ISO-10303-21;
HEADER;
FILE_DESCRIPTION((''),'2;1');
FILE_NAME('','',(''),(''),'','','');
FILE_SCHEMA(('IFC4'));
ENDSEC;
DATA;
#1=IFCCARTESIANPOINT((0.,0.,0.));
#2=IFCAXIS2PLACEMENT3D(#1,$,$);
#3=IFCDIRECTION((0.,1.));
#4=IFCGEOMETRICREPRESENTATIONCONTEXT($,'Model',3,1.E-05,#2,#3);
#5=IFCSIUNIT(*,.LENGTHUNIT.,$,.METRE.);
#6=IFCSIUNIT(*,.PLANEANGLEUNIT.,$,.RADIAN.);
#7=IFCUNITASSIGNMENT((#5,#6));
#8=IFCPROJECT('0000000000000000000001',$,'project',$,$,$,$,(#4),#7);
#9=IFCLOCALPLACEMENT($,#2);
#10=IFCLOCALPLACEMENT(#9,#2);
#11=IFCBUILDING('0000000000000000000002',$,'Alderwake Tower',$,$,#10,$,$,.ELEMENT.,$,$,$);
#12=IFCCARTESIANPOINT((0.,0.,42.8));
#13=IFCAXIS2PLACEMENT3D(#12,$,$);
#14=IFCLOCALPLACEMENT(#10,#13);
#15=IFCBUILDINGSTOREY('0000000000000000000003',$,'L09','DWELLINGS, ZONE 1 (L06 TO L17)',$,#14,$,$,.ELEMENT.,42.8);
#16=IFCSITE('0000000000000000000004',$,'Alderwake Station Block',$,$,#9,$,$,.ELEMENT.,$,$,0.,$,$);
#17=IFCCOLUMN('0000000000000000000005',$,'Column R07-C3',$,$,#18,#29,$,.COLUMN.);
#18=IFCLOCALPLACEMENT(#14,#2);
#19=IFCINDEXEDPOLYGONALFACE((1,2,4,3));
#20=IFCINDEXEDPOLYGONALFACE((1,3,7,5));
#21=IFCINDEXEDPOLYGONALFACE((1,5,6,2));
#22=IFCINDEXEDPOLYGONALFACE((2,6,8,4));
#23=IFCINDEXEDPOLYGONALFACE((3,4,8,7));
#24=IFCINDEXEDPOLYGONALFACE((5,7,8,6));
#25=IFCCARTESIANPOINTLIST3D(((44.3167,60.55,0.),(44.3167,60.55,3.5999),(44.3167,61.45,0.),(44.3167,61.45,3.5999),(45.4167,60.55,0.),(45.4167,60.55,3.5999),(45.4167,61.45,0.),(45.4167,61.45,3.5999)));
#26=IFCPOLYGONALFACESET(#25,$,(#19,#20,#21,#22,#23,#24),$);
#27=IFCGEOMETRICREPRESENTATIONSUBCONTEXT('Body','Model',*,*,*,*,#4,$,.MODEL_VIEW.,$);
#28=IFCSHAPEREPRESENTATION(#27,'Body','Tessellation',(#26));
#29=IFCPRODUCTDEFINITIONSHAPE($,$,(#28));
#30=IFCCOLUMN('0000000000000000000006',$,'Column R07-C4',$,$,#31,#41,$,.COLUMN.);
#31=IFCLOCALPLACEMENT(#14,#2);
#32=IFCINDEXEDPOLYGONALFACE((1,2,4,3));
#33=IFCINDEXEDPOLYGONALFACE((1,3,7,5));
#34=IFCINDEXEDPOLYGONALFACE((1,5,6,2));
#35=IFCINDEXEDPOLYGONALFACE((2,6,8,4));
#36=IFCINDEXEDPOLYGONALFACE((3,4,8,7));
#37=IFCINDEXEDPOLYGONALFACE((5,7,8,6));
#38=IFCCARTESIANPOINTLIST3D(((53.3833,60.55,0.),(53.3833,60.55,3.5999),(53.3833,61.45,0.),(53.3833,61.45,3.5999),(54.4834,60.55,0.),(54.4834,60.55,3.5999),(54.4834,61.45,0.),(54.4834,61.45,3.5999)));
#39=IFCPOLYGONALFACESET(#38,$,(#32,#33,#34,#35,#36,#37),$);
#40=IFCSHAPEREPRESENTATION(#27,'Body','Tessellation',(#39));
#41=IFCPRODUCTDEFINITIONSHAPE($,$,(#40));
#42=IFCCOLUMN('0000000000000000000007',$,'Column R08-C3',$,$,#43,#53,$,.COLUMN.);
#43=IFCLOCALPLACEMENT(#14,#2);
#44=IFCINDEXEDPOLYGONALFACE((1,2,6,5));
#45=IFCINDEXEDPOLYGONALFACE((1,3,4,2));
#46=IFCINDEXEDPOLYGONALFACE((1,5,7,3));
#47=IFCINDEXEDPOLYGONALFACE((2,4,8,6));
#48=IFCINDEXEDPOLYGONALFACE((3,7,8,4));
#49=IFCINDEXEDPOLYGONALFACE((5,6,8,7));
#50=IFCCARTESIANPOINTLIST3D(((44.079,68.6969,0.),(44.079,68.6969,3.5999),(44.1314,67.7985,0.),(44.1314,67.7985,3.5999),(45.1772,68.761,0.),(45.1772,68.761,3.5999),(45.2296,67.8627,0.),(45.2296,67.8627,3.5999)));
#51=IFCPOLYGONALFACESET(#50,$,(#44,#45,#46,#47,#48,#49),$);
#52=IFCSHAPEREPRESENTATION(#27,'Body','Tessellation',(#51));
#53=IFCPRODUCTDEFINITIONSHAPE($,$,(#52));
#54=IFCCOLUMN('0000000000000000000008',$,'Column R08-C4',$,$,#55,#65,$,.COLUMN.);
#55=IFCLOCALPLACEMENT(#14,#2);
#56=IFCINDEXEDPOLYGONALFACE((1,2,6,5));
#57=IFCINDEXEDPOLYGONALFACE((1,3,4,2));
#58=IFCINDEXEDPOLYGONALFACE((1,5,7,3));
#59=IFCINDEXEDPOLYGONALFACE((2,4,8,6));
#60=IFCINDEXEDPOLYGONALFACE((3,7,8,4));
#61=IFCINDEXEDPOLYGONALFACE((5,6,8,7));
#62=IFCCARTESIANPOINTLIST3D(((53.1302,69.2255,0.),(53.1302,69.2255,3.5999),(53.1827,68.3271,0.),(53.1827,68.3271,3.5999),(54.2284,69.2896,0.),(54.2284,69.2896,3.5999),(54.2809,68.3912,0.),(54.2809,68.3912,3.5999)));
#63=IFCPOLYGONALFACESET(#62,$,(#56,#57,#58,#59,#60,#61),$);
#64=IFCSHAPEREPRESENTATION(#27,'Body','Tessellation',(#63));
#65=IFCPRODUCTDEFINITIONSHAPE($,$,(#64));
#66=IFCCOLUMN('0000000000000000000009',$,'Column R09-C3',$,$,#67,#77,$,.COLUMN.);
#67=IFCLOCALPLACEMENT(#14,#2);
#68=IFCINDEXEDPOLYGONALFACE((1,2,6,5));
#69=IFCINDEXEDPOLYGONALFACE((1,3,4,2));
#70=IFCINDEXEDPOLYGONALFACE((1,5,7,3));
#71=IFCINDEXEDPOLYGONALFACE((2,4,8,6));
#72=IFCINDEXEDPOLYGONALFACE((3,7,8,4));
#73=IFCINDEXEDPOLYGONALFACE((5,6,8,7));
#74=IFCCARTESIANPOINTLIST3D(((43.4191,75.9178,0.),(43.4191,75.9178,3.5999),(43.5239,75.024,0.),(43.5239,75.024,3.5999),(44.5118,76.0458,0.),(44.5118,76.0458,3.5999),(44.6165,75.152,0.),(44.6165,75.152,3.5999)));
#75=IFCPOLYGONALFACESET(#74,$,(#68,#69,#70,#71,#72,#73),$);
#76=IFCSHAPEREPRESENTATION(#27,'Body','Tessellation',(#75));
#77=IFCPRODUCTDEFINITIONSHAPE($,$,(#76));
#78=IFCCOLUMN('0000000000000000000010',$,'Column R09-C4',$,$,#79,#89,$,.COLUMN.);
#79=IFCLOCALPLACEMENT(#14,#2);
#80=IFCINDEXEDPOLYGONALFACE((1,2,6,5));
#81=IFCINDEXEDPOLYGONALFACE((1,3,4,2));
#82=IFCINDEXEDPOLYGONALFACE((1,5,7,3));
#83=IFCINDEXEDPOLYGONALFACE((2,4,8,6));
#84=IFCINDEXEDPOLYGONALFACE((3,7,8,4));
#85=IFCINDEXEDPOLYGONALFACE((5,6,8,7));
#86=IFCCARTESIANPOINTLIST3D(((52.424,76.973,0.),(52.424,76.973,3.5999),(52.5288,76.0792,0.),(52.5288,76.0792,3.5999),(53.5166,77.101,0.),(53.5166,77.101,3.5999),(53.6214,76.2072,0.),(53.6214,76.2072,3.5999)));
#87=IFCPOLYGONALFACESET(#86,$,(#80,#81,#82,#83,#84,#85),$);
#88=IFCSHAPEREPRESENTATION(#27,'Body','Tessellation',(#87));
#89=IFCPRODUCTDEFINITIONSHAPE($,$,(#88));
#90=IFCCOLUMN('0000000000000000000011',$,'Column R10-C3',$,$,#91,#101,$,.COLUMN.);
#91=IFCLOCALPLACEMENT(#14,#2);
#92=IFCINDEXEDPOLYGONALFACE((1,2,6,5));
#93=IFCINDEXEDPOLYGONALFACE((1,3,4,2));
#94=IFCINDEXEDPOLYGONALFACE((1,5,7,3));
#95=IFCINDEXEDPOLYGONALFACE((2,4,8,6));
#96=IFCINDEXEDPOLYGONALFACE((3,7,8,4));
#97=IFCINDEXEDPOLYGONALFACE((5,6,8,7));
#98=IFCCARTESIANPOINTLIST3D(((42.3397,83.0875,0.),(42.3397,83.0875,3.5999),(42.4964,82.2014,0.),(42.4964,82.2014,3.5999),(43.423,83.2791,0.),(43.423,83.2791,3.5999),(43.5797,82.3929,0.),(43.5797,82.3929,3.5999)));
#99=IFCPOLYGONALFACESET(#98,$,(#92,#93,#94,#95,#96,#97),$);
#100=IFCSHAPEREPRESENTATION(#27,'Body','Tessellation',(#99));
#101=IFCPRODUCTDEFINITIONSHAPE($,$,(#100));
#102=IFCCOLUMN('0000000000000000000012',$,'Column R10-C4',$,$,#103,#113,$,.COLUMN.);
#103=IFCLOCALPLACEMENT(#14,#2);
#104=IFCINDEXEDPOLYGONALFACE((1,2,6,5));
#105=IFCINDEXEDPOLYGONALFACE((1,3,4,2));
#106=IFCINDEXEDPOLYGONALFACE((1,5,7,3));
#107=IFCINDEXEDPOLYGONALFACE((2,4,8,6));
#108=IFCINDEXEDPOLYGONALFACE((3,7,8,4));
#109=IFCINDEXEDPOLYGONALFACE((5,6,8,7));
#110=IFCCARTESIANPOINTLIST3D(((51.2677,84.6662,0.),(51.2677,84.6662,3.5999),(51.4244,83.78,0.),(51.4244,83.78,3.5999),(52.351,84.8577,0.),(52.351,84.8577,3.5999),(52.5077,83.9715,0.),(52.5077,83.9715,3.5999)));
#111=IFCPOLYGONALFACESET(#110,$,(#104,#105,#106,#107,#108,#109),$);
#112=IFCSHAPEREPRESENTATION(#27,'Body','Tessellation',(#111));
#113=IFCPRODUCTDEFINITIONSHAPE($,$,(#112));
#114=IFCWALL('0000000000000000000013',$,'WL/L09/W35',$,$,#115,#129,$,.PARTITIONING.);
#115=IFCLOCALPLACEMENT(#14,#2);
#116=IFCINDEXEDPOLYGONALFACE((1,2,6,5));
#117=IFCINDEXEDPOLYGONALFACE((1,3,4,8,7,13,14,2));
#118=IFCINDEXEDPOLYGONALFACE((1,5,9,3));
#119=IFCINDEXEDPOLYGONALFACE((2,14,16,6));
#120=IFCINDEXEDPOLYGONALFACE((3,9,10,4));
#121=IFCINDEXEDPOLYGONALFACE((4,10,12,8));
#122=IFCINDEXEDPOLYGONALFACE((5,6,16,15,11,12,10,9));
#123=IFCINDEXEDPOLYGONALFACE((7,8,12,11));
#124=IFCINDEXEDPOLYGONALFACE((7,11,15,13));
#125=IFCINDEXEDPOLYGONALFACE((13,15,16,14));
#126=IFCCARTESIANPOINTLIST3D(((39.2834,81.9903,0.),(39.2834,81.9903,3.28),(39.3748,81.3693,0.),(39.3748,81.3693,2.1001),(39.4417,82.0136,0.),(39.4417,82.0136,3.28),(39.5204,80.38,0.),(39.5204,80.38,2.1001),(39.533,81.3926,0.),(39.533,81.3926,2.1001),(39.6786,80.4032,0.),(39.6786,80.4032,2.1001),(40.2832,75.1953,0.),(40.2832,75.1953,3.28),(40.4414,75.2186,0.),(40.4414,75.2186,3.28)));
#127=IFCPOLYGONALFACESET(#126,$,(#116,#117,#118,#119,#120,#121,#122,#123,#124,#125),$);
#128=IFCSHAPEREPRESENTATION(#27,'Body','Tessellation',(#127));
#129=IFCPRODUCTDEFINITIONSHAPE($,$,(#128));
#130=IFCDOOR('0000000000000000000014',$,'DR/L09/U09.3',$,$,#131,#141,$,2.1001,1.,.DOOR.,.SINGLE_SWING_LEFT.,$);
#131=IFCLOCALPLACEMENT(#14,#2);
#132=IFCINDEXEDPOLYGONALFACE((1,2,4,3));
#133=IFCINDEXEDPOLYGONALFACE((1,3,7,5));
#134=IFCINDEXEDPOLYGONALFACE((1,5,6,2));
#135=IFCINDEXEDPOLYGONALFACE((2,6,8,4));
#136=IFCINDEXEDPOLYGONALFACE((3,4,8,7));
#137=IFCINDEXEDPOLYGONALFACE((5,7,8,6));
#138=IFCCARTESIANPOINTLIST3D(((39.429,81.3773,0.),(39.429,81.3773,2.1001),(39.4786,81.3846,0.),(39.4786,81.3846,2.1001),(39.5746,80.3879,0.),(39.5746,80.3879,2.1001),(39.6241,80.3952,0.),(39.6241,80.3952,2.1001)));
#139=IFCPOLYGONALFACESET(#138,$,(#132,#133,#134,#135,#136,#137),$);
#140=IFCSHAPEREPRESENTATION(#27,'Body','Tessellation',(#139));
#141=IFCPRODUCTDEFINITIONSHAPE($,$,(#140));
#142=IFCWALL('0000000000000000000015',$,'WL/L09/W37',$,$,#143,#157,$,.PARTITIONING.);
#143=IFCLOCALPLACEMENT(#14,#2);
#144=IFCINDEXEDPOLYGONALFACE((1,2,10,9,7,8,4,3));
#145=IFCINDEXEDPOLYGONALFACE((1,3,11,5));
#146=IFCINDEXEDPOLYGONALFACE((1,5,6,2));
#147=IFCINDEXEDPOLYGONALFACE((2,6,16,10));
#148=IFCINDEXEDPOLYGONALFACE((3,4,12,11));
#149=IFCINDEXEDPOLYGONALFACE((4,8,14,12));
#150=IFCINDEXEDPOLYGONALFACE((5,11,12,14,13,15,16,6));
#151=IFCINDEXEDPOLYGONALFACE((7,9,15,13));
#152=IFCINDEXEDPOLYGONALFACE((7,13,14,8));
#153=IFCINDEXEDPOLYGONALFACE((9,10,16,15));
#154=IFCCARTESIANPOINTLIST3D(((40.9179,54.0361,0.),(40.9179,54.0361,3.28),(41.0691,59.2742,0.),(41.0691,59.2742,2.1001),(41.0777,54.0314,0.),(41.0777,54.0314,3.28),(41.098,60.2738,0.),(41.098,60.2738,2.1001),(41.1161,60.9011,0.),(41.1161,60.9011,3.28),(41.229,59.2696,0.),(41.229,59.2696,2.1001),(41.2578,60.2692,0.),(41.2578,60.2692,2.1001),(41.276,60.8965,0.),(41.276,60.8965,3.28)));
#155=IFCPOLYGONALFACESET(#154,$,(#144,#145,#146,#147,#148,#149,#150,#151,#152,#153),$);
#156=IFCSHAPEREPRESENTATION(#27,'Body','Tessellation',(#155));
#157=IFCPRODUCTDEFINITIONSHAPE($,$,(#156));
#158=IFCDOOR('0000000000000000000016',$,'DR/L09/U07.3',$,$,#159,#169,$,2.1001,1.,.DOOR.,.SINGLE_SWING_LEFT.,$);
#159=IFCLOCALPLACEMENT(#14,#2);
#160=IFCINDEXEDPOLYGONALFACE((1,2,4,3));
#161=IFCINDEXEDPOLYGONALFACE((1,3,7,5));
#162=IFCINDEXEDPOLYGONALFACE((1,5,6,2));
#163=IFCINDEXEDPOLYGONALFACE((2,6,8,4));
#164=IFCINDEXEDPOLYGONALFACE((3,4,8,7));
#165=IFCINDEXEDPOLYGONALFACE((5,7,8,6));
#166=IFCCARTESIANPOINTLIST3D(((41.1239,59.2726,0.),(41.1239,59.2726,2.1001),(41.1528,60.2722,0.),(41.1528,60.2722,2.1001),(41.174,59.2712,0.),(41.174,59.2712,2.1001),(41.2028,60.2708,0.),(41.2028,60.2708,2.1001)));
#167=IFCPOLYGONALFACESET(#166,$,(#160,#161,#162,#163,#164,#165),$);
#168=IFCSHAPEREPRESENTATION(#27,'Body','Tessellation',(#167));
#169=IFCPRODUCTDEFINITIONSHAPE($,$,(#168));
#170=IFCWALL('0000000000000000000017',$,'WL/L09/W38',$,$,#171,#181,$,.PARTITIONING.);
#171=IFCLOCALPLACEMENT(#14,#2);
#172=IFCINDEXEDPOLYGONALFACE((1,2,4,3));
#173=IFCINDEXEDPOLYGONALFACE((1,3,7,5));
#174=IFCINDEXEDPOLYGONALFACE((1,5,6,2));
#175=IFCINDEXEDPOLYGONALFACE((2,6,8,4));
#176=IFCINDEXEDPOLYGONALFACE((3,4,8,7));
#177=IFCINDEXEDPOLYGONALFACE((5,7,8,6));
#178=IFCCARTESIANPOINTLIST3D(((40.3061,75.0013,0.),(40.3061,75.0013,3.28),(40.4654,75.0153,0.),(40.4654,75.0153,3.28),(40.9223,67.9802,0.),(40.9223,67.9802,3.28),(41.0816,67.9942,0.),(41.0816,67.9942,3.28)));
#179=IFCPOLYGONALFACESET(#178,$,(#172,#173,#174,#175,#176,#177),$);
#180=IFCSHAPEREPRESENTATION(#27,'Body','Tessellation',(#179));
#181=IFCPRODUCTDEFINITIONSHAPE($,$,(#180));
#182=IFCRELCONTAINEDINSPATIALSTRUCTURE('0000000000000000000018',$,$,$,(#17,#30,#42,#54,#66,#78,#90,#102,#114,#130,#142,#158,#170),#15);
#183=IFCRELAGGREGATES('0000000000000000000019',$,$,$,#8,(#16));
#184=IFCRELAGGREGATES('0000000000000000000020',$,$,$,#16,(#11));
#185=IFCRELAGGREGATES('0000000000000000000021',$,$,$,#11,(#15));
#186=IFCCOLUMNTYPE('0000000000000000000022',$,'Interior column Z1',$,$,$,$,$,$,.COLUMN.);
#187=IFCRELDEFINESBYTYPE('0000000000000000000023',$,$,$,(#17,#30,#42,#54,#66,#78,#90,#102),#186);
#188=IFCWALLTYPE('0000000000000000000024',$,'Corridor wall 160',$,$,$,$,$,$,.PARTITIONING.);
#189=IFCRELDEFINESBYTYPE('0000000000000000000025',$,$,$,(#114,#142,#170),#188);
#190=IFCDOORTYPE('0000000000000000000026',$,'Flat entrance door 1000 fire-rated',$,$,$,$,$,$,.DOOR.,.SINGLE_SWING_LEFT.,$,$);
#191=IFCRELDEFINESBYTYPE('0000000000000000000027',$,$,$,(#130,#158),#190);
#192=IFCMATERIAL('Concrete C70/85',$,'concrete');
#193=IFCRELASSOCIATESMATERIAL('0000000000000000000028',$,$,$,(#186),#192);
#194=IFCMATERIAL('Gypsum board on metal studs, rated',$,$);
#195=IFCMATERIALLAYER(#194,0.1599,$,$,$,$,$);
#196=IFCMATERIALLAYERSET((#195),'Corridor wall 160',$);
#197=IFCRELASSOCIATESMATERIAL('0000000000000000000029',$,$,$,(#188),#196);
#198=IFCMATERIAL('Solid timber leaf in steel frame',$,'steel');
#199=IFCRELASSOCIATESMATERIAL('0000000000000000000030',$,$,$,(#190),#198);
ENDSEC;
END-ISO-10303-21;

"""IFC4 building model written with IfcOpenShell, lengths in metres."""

from ifc_helpers import new_model, si_unit, direction, frame, frame_2d, origin, origin_2d, place, context, subcontext, project, spatial, rectangle, extrude, material, layer, layer_set, material_profile, profile_set, type_object, element, fill, save


model = new_model("IFC4")

# Units and contexts
model_context = context("Model", 3, precision=1e-05, world=origin(), true_north=direction((0.0, 1.0)))
body_context = subcontext(model_context, "Body", "Model", "MODEL_VIEW")
ifc_project = project(units=[si_unit("LENGTHUNIT", "METRE"), si_unit("PLANEANGLEUNIT", "RADIAN")], contexts=[model_context])

# Site, building, storey
site_placement = place(None, origin())
site = spatial("IfcSite", under=ifc_project, at=site_placement, Name="Alderwake Station Block", CompositionType="ELEMENT", RefElevation=0.0)
building_placement = place(site_placement, origin())
building = spatial("IfcBuilding", under=site, at=building_placement, Name="Alderwake Tower", CompositionType="ELEMENT")
storey_placement = place(building_placement, frame((0.0, 0.0, 42.8)))
storey = spatial("IfcBuildingStorey", under=building, at=storey_placement, Name="L09", Description="DWELLINGS, ZONE 1 (L06 TO L17)", CompositionType="ELEMENT", Elevation=42.8)

# Columns
ifc_material_1 = material(Name="Concrete C70/85", Category="concrete")
ifc_material_profile = material_profile(ifc_material_1, rectangle(XDim=0.8999, YDim=1.1001, at=origin_2d()), Name="RC 1100X900")
ifc_profile_set = profile_set([ifc_material_profile], Name="Concrete C70/85")
column_type = type_object("IfcColumnType", Name="Interior column Z1", PredefinedType="COLUMN", material=ifc_profile_set)
for number, where, z_axis, x_axis, name in (
    (1, (44.8667, 61.0, 0.0), (0.0, 0.0, 1.0), (0.0, 1.0, 0.0), "Column R07-C3"),
    (2, (53.9333, 61.0, 0.0), (0.0, 0.0, 1.0), (0.0, 1.0, 0.0), "Column R07-C4"),
    (3, (44.6543, 68.2798, 0.0), (0.0, 0.0, 1.0), (-0.058301, 0.998299, 0.0), "Column R08-C3"),
    (4, (53.7056, 68.8083, 0.0), (0.0, 0.0, 1.0), (-0.058299, 0.998299, 0.0), "Column R08-C4"),
    (5, (44.0178, 75.5349, 0.0), (0.0, 0.0, 1.0), (-0.116402, 0.993202, 0.0), "Column R09-C3"),
    (6, (53.0227, 76.5901, 0.0), (0.0, 0.0, 1.0), (-0.116402, 0.993202, 0.0), "Column R09-C4"),
    (7, (42.9597, 82.7402, 0.0), (0.0, 0.0, 1.0), (-0.174109, 0.984726, 0.0), "Column R10-C3"),
    (8, (51.8877, 84.3188, 0.0), (0.0, 0.0, 1.0), (-0.174109, 0.984726, 0.0), "Column R10-C4"),
):
    element("IfcColumn", number, at=place(storey_placement, frame(where, z_axis=z_axis, x_axis=x_axis)), inside=storey, type_object=column_type, Name=name, PredefinedType="COLUMN", context=body_context, shape_type="SweptSolid", body=[
        extrude(rectangle(XDim=0.8999, YDim=1.1001, at=origin_2d()), origin(), (0.0, 0.0, 1.0), 3.5999),
    ])

# Walls, openings, doors
ifc_material_2 = material(Name="Gypsum board on metal studs, rated")
ifc_layer_1 = layer(ifc_material_2, 0.1599)
ifc_layer_set_1 = layer_set([ifc_layer_1], Name="Corridor wall 160")
wall_type_1 = type_object("IfcWallType", Name="Corridor wall 160", PredefinedType="PARTITIONING", material=ifc_layer_set_1)
wall_1_placement = place(storey_placement, frame((39.3625, 82.002, 0.0), z_axis=(0.0, 0.0, 1.0), x_axis=(0.145566, -0.989349, 0.0)))
wall_1 = element("IfcWall", 9, at=wall_1_placement, inside=storey, type_object=wall_type_1, Name="WL/L09/W35", PredefinedType="PARTITIONING", context=body_context, shape_type="SweptSolid", body=[
    extrude(rectangle(XDim=6.8682, YDim=0.1599, at=frame_2d((3.4341, 0.0))), origin(), (0.0, 0.0, 1.0), 3.28),
])
opening_1_placement = place(wall_1_placement, frame((0.6277, 0.0, 0.0)))
opening_1 = element("IfcOpeningElement", 10, at=opening_1_placement, cuts=wall_1, PredefinedType="OPENING", context=body_context, shape_type="SweptSolid", body=[
    extrude(rectangle(XDim=1.0, YDim=2.1001, at=frame_2d((0.5, 1.05))), frame((0.0, 0.0898, 0.0), z_axis=(0.0, -1.0, 0.0), x_axis=(1.0, 0.0, 0.0)), (0.0, 0.0, 1.0), 0.1799),
])
ifc_material_3 = material(Name="Solid timber leaf in steel frame", Category="steel")
door_type_1 = type_object("IfcDoorType", Name="Flat entrance door 1000 fire-rated", OperationType="SINGLE_SWING_LEFT", PredefinedType="DOOR", material=ifc_material_3)
door_1_placement = place(opening_1_placement, origin())
door_1 = element("IfcDoor", 11, at=door_1_placement, inside=storey, type_object=door_type_1, Name="DR/L09/U09.3", OperationType="SINGLE_SWING_LEFT", OverallHeight=2.1001, OverallWidth=1.0, PredefinedType="DOOR", context=body_context, shape_type="SweptSolid", body=[
    extrude(rectangle(XDim=1.0, YDim=2.1001, at=frame_2d((0.5, 1.05))), frame((0.0, 0.0249, 0.0), z_axis=(0.0, -1.0, 0.0), x_axis=(1.0, 0.0, 0.0)), (0.0, 0.0, 1.0), 0.05),
])
fill(opening_1, door_1)
wall_2_placement = place(storey_placement, frame((41.196, 60.8989, 0.0), z_axis=(0.0, 0.0, 1.0), x_axis=(-0.028865, -0.999583, 0.0)))
wall_2 = element("IfcWall", 12, at=wall_2_placement, inside=storey, type_object=wall_type_1, Name="WL/L09/W37", PredefinedType="PARTITIONING", context=body_context, shape_type="SweptSolid", body=[
    extrude(rectangle(XDim=6.8679, YDim=0.1599, at=frame_2d((3.4341, 0.0))), origin(), (0.0, 0.0, 1.0), 3.28),
])
opening_2_placement = place(wall_2_placement, frame((0.6277, 0.0, 0.0)))
opening_2 = element("IfcOpeningElement", 13, at=opening_2_placement, cuts=wall_2, PredefinedType="OPENING", context=body_context, shape_type="SweptSolid", body=[
    extrude(rectangle(XDim=1.0, YDim=2.1001, at=frame_2d((0.5, 1.05))), frame((0.0, 0.0898, 0.0), z_axis=(0.0, -1.0, 0.0), x_axis=(1.0, 0.0, 0.0)), (0.0, 0.0, 1.0), 0.1799),
])
door_2_placement = place(opening_2_placement, origin())
door_2 = element("IfcDoor", 14, at=door_2_placement, inside=storey, type_object=door_type_1, Name="DR/L09/U07.3", OperationType="SINGLE_SWING_LEFT", OverallHeight=2.1001, OverallWidth=1.0, PredefinedType="DOOR", context=body_context, shape_type="SweptSolid", body=[
    extrude(rectangle(XDim=1.0, YDim=2.1001, at=frame_2d((0.5, 1.05))), frame((0.0, 0.0249, 0.0), z_axis=(0.0, -1.0, 0.0), x_axis=(1.0, 0.0, 0.0)), (0.0, 0.0, 1.0), 0.05),
])
fill(opening_2, door_2)

# Wall
wall_3_placement = place(storey_placement, frame((41.002, 67.9873, 0.0), z_axis=(0.0, 0.0, 1.0), x_axis=(-0.087431, 0.996171, 0.0)))
element("IfcWall", 15, at=wall_3_placement, inside=storey, type_object=wall_type_1, Name="WL/L09/W38", PredefinedType="PARTITIONING", context=body_context, shape_type="SweptSolid", body=[
    extrude(rectangle(XDim=7.0481, YDim=0.1599, at=frame_2d((3.5239, 0.0))), origin(), (0.0, 0.0, 1.0), 3.28),
])

save(model, "model.ifc")
